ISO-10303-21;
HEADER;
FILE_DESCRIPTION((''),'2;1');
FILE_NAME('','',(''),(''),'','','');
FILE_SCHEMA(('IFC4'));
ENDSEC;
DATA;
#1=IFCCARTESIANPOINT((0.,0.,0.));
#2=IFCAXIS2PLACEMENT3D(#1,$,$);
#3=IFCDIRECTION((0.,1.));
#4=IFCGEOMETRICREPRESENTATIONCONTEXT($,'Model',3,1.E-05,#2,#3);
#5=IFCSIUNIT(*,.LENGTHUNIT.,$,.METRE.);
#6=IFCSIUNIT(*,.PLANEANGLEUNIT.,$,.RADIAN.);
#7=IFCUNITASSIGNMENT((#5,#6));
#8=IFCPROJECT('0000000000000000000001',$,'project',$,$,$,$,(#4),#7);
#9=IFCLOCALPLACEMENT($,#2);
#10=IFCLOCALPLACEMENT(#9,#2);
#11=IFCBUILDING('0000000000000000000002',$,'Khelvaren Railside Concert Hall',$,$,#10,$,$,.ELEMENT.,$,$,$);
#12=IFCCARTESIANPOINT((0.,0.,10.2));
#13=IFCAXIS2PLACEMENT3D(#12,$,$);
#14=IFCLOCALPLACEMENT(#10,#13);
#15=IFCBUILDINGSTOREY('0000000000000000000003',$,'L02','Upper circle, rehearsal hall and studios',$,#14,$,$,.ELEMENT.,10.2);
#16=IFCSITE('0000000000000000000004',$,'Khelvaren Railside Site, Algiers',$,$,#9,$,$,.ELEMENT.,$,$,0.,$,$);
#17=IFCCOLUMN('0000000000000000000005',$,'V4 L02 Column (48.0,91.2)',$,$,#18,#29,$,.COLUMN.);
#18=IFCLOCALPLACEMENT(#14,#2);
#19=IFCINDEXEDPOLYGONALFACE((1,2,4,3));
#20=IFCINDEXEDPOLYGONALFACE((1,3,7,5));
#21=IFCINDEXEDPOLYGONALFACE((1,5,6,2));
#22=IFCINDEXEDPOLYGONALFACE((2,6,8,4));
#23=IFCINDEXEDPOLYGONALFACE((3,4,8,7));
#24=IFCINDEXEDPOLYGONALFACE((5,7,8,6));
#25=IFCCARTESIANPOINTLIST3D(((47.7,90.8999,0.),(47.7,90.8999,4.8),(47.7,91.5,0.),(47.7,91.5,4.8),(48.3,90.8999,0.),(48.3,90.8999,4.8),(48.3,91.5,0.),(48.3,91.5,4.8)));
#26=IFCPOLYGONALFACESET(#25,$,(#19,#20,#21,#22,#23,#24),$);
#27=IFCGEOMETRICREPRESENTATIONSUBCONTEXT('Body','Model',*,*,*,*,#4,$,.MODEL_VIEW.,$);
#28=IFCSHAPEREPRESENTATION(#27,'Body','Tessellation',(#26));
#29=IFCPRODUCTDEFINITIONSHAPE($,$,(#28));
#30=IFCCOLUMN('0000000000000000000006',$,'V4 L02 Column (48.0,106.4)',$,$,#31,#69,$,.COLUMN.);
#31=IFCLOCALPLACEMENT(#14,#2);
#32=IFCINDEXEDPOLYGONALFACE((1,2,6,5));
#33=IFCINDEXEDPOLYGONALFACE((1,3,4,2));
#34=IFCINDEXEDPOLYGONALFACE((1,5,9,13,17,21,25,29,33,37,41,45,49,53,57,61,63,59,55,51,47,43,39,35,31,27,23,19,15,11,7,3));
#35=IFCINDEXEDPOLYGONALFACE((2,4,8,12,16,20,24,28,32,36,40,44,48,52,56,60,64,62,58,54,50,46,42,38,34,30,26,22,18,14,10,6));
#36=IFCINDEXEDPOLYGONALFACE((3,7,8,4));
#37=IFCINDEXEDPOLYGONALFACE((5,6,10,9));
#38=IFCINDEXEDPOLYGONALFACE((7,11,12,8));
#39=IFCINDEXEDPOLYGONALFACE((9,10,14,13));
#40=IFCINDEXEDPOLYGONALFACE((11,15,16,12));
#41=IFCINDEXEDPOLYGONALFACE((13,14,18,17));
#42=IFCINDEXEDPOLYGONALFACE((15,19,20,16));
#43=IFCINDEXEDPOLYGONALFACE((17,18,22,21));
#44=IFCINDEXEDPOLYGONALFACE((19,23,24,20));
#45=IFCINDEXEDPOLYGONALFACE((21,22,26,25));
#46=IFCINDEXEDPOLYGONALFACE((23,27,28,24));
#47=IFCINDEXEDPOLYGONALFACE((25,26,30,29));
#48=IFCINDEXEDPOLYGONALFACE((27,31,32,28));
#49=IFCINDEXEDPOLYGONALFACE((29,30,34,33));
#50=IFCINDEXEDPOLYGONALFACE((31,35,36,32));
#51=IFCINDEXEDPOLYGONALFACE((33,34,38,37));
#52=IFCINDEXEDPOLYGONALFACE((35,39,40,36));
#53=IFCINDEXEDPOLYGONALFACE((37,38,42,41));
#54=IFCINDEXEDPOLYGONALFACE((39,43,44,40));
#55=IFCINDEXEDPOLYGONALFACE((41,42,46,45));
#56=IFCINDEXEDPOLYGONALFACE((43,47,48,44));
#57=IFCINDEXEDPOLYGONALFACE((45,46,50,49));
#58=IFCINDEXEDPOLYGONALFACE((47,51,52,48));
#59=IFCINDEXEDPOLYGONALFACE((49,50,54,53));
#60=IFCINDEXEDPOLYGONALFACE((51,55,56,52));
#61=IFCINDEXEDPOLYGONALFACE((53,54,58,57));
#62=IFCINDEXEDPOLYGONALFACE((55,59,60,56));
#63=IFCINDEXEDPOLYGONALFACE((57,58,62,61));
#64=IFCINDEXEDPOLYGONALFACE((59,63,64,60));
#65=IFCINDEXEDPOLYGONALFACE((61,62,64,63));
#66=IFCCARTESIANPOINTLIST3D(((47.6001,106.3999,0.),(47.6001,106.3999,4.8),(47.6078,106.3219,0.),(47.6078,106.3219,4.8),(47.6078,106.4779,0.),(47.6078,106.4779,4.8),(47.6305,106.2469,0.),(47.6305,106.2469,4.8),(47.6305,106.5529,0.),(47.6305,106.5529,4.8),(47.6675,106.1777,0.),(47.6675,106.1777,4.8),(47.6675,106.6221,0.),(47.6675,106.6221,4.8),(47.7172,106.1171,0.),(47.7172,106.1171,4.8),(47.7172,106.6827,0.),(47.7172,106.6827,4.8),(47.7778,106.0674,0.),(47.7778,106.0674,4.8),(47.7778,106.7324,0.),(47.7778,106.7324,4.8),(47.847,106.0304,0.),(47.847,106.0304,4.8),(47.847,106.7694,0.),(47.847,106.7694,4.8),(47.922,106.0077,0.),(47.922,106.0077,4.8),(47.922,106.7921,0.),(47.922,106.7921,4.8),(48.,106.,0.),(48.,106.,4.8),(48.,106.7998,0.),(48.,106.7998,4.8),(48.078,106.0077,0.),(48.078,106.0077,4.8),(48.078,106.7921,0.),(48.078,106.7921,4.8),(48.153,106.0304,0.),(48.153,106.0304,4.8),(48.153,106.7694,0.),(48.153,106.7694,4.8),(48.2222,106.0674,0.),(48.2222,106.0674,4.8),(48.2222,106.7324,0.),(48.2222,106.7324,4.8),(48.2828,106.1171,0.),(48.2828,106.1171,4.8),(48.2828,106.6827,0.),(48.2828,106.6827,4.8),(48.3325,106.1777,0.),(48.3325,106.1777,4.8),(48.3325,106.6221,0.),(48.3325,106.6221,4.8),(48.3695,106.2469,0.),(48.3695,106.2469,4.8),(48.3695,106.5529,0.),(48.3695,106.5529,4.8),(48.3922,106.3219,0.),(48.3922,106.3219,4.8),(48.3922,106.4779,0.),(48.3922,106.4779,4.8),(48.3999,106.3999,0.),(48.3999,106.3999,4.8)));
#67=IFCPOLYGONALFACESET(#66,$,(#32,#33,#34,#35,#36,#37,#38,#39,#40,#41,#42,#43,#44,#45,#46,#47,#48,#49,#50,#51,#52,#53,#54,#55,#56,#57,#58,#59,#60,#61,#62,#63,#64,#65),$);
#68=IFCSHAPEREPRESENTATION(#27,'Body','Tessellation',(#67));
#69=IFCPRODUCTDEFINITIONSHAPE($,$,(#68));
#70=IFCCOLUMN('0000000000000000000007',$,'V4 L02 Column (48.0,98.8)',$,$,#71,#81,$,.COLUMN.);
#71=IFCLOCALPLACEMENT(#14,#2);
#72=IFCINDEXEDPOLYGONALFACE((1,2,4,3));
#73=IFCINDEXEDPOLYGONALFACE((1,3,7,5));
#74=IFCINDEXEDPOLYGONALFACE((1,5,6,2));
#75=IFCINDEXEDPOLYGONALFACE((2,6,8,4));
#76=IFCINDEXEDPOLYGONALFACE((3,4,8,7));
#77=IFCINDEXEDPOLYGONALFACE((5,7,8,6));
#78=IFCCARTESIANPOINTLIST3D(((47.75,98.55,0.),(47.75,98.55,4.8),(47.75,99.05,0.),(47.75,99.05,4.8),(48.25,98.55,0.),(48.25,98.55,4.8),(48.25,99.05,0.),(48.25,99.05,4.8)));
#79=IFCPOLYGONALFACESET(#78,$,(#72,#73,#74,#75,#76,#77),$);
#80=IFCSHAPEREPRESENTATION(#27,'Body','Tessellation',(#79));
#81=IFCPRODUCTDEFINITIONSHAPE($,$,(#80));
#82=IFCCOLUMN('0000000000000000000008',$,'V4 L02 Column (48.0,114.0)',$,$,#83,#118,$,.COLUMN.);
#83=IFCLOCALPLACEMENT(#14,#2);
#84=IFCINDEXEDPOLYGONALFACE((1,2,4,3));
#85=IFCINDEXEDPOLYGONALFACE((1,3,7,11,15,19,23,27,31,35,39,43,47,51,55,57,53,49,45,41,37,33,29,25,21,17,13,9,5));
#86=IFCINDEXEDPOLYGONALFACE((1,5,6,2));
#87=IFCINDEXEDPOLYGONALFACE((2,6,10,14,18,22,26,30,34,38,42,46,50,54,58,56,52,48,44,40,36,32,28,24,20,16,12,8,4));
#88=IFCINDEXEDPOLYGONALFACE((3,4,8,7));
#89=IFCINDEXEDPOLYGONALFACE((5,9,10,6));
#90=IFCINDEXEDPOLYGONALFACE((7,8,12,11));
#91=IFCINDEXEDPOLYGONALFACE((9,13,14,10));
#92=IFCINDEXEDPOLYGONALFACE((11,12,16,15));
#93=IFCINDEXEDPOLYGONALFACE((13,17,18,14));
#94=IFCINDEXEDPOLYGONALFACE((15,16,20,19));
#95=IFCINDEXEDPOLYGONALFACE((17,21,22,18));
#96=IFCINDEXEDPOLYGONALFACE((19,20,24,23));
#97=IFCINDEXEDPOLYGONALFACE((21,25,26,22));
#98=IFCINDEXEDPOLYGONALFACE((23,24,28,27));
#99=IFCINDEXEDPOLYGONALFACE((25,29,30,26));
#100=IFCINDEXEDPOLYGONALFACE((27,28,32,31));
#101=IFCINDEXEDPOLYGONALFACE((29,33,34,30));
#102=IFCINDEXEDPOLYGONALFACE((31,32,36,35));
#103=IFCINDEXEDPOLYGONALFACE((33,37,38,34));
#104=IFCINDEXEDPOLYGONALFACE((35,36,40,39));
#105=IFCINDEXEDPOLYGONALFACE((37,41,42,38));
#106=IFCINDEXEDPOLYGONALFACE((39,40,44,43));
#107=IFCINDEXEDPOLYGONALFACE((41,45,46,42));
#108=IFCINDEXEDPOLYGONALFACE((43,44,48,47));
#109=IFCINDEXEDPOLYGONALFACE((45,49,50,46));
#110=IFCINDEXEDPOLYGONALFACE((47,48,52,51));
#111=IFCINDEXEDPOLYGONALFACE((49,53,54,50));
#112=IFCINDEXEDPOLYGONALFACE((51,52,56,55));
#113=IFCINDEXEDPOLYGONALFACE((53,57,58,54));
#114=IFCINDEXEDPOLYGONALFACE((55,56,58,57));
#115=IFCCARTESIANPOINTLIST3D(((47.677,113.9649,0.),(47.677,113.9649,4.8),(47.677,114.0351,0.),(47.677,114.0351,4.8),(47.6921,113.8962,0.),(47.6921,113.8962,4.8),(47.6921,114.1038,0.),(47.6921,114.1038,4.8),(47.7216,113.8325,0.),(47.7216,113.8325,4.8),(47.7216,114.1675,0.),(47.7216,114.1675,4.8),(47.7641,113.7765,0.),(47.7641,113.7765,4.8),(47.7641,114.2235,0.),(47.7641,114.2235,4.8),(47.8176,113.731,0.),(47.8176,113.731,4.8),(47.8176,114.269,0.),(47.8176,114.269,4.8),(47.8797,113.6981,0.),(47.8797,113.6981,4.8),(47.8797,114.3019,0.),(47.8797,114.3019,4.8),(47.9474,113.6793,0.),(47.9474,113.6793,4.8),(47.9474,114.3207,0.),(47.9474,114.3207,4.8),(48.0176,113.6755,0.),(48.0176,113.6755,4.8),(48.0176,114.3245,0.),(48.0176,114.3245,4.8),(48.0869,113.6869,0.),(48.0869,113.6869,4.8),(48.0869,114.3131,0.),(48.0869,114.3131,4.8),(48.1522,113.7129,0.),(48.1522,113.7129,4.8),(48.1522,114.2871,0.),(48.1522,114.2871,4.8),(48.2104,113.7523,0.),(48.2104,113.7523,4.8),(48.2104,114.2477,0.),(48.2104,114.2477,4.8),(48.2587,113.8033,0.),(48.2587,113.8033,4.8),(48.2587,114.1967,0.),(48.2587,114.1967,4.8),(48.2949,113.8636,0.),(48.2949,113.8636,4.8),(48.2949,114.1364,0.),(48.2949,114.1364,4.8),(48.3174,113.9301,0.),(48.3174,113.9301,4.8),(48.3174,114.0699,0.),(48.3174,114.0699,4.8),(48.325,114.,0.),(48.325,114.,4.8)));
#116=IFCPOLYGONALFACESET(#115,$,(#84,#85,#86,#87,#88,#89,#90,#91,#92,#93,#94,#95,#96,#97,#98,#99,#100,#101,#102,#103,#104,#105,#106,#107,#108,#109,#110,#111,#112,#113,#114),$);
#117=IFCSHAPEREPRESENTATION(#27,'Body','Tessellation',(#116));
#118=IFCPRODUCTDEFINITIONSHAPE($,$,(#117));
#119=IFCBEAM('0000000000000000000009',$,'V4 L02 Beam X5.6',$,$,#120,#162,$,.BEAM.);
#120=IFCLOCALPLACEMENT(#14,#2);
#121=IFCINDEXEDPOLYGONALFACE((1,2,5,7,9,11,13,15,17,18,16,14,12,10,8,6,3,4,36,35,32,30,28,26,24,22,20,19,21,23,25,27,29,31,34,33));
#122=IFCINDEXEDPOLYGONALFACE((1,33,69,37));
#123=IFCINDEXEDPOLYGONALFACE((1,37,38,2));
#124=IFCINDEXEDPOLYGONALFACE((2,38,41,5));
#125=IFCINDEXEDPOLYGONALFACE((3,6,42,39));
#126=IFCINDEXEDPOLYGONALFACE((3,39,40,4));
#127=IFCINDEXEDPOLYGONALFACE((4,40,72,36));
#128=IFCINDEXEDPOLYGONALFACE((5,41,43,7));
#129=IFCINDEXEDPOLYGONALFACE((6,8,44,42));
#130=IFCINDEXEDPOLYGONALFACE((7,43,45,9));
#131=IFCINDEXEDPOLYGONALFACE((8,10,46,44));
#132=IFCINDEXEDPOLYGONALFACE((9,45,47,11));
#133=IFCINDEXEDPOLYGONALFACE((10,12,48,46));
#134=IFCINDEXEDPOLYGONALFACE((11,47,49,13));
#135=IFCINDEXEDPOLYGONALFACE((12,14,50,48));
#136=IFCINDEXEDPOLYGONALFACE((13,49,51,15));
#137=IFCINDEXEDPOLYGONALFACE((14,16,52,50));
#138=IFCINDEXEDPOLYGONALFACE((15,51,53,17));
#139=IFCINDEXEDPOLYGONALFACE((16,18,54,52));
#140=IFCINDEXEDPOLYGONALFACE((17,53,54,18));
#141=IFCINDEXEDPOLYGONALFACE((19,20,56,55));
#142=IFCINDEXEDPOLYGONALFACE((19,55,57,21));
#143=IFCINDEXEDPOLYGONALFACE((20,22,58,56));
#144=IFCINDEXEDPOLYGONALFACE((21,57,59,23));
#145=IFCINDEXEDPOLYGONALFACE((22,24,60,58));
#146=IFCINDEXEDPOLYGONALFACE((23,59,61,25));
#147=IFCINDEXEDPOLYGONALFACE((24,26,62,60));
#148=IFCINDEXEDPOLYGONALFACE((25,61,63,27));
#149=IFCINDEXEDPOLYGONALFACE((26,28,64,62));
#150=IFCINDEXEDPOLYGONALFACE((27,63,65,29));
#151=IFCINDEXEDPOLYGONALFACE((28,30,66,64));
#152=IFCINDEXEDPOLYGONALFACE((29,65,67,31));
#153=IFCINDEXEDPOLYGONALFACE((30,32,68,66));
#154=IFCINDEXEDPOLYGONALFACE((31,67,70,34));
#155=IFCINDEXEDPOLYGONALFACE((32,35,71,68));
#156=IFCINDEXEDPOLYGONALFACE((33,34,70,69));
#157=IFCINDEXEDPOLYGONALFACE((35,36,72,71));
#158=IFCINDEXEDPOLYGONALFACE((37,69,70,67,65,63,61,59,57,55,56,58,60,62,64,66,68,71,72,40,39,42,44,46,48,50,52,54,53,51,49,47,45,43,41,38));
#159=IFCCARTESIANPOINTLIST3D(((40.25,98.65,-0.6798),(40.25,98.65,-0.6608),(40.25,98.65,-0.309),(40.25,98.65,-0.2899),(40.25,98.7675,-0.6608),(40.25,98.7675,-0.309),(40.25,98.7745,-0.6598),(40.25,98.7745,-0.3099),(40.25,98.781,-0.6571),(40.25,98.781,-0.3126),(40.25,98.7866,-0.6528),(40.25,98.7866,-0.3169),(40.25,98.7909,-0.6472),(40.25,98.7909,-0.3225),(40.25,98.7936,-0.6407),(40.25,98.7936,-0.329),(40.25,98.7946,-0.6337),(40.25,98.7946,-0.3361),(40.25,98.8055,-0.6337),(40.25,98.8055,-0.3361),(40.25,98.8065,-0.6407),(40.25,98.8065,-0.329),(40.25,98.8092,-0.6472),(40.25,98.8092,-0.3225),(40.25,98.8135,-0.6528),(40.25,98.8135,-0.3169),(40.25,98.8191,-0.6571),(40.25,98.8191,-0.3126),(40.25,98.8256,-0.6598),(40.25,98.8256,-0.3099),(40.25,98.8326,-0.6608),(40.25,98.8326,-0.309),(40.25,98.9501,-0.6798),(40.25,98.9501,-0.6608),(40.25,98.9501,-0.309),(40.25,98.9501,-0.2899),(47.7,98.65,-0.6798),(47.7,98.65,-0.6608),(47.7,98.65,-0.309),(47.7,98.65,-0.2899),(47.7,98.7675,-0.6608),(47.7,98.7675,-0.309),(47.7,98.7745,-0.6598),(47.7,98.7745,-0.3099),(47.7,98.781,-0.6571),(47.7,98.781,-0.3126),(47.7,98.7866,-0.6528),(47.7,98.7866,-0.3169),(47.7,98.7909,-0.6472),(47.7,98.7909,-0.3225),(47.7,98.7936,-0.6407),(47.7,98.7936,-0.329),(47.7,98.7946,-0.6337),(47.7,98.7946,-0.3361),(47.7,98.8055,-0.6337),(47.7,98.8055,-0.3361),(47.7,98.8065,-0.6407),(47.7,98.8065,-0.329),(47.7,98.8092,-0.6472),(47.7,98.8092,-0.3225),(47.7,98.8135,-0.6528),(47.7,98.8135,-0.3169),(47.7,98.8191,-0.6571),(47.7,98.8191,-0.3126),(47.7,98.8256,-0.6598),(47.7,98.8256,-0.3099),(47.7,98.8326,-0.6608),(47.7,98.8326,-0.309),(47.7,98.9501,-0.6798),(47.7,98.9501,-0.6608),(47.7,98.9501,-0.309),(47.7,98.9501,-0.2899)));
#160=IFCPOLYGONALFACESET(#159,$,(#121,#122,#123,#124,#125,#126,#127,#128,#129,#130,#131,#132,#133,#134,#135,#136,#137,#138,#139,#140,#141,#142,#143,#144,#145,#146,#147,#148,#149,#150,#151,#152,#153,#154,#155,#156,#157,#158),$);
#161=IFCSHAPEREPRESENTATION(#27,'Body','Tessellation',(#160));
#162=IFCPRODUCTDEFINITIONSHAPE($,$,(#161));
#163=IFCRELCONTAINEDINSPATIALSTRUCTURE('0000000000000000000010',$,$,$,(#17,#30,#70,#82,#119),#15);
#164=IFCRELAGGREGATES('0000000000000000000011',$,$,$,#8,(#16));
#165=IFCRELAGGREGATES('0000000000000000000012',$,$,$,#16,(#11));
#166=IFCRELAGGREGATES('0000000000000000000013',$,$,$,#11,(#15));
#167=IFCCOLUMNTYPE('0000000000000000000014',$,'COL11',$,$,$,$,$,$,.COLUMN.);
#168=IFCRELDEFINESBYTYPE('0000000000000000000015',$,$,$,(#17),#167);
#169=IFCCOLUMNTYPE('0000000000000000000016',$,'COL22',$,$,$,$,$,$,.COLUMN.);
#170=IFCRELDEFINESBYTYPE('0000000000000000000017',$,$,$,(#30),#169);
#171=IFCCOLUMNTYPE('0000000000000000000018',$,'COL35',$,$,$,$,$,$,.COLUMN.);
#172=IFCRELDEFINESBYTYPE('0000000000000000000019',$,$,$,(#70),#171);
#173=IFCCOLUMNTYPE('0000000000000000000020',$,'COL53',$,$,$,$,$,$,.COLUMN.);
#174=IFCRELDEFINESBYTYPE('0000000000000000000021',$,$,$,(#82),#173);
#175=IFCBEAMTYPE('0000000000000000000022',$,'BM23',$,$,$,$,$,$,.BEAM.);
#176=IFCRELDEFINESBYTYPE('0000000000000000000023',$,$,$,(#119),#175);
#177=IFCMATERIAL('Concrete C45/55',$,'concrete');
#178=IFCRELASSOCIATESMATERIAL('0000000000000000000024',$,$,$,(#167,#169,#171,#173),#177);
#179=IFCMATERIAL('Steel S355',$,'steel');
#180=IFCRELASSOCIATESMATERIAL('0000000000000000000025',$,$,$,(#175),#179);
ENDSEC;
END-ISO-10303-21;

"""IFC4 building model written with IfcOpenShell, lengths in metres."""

from ifc_helpers import new_model, si_unit, direction, frame, origin, origin_2d, place, context, subcontext, project, spatial, rectangle, circle, i_section, extrude, material, material_profile, profile_set, type_object, element, save


model = new_model("IFC4")

# Units and contexts
model_context = context("Model", 3, precision=1e-05, world=origin(), true_north=direction((0.0, 1.0)))
body_context = subcontext(model_context, "Body", "Model", "MODEL_VIEW")
ifc_project = project(units=[si_unit("LENGTHUNIT", "METRE"), si_unit("PLANEANGLEUNIT", "RADIAN")], contexts=[model_context])

# Site, building, storey
site_placement = place(None, origin())
site = spatial("IfcSite", under=ifc_project, at=site_placement, Name="Khelvaren Railside Site, Algiers", CompositionType="ELEMENT", RefElevation=0.0)
building_placement = place(site_placement, origin())
building = spatial("IfcBuilding", under=site, at=building_placement, Name="Khelvaren Railside Concert Hall", CompositionType="ELEMENT")
storey_placement = place(building_placement, frame((0.0, 0.0, 10.2)))
storey = spatial("IfcBuildingStorey", under=building, at=storey_placement, Name="L02", Description="Upper circle, rehearsal hall and studios", CompositionType="ELEMENT", Elevation=10.2)

# Columns
ifc_material_1 = material(Name="Concrete C45/55", Category="concrete")
ifc_material_profile_1 = material_profile(ifc_material_1, rectangle(XDim=0.6001, YDim=0.6001, at=origin_2d()), Name="RC 600x600")
ifc_profile_set_1 = profile_set([ifc_material_profile_1], Name="Concrete C45/55")
column_type_1 = type_object("IfcColumnType", Name="COL11", PredefinedType="COLUMN", material=ifc_profile_set_1)
column_1_placement = place(storey_placement, frame((48.0, 91.2, 0.0), z_axis=(0.0, 0.0, 1.0), x_axis=(1.0, 0.0, 0.0)))
element("IfcColumn", 1, at=column_1_placement, inside=storey, type_object=column_type_1, Name="V4 L02 Column (48.0,91.2)", PredefinedType="COLUMN", context=body_context, shape_type="SweptSolid", body=[
    extrude(rectangle(XDim=0.6001, YDim=0.6001, at=origin_2d()), origin(), (0.0, 0.0, 1.0), 4.8),
])
ifc_material_profile_2 = material_profile(ifc_material_1, circle(Radius=0.3999, at=origin_2d()), Name="RC D800")
ifc_profile_set_2 = profile_set([ifc_material_profile_2], Name="Concrete C45/55")
column_type_2 = type_object("IfcColumnType", Name="COL22", PredefinedType="COLUMN", material=ifc_profile_set_2)
column_2_placement = place(storey_placement, frame((48.0, 106.3999, 0.0), z_axis=(0.0, 0.0, 1.0), x_axis=(1.0, 0.0, 0.0)))
element("IfcColumn", 2, at=column_2_placement, inside=storey, type_object=column_type_2, Name="V4 L02 Column (48.0,106.4)", PredefinedType="COLUMN", context=body_context, shape_type="SweptSolid", body=[
    extrude(circle(Radius=0.3999, at=origin_2d()), origin(), (0.0, 0.0, 1.0), 4.8),
])
ifc_material_profile_3 = material_profile(ifc_material_1, rectangle(XDim=0.5, YDim=0.5, at=origin_2d()), Name="RC 500x500")
ifc_profile_set_3 = profile_set([ifc_material_profile_3], Name="Concrete C45/55")
column_type_3 = type_object("IfcColumnType", Name="COL35", PredefinedType="COLUMN", material=ifc_profile_set_3)
column_3_placement = place(storey_placement, frame((48.0, 98.8, 0.0), z_axis=(0.0, 0.0, 1.0), x_axis=(1.0, 0.0, 0.0)))
element("IfcColumn", 3, at=column_3_placement, inside=storey, type_object=column_type_3, Name="V4 L02 Column (48.0,98.8)", PredefinedType="COLUMN", context=body_context, shape_type="SweptSolid", body=[
    extrude(rectangle(XDim=0.5, YDim=0.5, at=origin_2d()), origin(), (0.0, 0.0, 1.0), 4.8),
])
ifc_material_profile_4 = material_profile(ifc_material_1, circle(Radius=0.325, at=origin_2d()), Name="RC D650")
ifc_profile_set_4 = profile_set([ifc_material_profile_4], Name="Concrete C45/55")
column_type_4 = type_object("IfcColumnType", Name="COL53", PredefinedType="COLUMN", material=ifc_profile_set_4)
column_4_placement = place(storey_placement, frame((48.0, 114.0, 0.0), z_axis=(0.0, 0.0, 1.0), x_axis=(1.0, 0.0, 0.0)))
element("IfcColumn", 4, at=column_4_placement, inside=storey, type_object=column_type_4, Name="V4 L02 Column (48.0,114.0)", PredefinedType="COLUMN", context=body_context, shape_type="SweptSolid", body=[
    extrude(circle(Radius=0.325, at=origin_2d()), origin(), (0.0, 0.0, 1.0), 4.8),
])

# Beam
ifc_material_2 = material(Name="Steel S355", Category="steel")
ifc_material_profile_5 = material_profile(ifc_material_2, i_section(OverallWidth=0.3, OverallDepth=0.3899, WebThickness=0.011, FlangeThickness=0.019, FilletRadius=0.0271, at=origin_2d()), Name="HEA 400")
ifc_profile_set_5 = profile_set([ifc_material_profile_5], Name="Steel S355")
beam_type_1 = type_object("IfcBeamType", Name="BM23", PredefinedType="BEAM", material=ifc_profile_set_5)
beam_1_placement = place(storey_placement, frame((40.25, 98.8, -0.4849), z_axis=(1.0, 0.0, 0.0), x_axis=(0.0, 1.0, 0.0)))
element("IfcBeam", 5, at=beam_1_placement, inside=storey, type_object=beam_type_1, Name="V4 L02 Beam X5.6", PredefinedType="BEAM", context=body_context, shape_type="SweptSolid", body=[
    extrude(i_section(OverallWidth=0.3, OverallDepth=0.3899, WebThickness=0.011, FlangeThickness=0.019, FilletRadius=0.0271, at=origin_2d()), origin(), (0.0, 0.0, 1.0), 7.45),
])

save(model, "model.ifc")
